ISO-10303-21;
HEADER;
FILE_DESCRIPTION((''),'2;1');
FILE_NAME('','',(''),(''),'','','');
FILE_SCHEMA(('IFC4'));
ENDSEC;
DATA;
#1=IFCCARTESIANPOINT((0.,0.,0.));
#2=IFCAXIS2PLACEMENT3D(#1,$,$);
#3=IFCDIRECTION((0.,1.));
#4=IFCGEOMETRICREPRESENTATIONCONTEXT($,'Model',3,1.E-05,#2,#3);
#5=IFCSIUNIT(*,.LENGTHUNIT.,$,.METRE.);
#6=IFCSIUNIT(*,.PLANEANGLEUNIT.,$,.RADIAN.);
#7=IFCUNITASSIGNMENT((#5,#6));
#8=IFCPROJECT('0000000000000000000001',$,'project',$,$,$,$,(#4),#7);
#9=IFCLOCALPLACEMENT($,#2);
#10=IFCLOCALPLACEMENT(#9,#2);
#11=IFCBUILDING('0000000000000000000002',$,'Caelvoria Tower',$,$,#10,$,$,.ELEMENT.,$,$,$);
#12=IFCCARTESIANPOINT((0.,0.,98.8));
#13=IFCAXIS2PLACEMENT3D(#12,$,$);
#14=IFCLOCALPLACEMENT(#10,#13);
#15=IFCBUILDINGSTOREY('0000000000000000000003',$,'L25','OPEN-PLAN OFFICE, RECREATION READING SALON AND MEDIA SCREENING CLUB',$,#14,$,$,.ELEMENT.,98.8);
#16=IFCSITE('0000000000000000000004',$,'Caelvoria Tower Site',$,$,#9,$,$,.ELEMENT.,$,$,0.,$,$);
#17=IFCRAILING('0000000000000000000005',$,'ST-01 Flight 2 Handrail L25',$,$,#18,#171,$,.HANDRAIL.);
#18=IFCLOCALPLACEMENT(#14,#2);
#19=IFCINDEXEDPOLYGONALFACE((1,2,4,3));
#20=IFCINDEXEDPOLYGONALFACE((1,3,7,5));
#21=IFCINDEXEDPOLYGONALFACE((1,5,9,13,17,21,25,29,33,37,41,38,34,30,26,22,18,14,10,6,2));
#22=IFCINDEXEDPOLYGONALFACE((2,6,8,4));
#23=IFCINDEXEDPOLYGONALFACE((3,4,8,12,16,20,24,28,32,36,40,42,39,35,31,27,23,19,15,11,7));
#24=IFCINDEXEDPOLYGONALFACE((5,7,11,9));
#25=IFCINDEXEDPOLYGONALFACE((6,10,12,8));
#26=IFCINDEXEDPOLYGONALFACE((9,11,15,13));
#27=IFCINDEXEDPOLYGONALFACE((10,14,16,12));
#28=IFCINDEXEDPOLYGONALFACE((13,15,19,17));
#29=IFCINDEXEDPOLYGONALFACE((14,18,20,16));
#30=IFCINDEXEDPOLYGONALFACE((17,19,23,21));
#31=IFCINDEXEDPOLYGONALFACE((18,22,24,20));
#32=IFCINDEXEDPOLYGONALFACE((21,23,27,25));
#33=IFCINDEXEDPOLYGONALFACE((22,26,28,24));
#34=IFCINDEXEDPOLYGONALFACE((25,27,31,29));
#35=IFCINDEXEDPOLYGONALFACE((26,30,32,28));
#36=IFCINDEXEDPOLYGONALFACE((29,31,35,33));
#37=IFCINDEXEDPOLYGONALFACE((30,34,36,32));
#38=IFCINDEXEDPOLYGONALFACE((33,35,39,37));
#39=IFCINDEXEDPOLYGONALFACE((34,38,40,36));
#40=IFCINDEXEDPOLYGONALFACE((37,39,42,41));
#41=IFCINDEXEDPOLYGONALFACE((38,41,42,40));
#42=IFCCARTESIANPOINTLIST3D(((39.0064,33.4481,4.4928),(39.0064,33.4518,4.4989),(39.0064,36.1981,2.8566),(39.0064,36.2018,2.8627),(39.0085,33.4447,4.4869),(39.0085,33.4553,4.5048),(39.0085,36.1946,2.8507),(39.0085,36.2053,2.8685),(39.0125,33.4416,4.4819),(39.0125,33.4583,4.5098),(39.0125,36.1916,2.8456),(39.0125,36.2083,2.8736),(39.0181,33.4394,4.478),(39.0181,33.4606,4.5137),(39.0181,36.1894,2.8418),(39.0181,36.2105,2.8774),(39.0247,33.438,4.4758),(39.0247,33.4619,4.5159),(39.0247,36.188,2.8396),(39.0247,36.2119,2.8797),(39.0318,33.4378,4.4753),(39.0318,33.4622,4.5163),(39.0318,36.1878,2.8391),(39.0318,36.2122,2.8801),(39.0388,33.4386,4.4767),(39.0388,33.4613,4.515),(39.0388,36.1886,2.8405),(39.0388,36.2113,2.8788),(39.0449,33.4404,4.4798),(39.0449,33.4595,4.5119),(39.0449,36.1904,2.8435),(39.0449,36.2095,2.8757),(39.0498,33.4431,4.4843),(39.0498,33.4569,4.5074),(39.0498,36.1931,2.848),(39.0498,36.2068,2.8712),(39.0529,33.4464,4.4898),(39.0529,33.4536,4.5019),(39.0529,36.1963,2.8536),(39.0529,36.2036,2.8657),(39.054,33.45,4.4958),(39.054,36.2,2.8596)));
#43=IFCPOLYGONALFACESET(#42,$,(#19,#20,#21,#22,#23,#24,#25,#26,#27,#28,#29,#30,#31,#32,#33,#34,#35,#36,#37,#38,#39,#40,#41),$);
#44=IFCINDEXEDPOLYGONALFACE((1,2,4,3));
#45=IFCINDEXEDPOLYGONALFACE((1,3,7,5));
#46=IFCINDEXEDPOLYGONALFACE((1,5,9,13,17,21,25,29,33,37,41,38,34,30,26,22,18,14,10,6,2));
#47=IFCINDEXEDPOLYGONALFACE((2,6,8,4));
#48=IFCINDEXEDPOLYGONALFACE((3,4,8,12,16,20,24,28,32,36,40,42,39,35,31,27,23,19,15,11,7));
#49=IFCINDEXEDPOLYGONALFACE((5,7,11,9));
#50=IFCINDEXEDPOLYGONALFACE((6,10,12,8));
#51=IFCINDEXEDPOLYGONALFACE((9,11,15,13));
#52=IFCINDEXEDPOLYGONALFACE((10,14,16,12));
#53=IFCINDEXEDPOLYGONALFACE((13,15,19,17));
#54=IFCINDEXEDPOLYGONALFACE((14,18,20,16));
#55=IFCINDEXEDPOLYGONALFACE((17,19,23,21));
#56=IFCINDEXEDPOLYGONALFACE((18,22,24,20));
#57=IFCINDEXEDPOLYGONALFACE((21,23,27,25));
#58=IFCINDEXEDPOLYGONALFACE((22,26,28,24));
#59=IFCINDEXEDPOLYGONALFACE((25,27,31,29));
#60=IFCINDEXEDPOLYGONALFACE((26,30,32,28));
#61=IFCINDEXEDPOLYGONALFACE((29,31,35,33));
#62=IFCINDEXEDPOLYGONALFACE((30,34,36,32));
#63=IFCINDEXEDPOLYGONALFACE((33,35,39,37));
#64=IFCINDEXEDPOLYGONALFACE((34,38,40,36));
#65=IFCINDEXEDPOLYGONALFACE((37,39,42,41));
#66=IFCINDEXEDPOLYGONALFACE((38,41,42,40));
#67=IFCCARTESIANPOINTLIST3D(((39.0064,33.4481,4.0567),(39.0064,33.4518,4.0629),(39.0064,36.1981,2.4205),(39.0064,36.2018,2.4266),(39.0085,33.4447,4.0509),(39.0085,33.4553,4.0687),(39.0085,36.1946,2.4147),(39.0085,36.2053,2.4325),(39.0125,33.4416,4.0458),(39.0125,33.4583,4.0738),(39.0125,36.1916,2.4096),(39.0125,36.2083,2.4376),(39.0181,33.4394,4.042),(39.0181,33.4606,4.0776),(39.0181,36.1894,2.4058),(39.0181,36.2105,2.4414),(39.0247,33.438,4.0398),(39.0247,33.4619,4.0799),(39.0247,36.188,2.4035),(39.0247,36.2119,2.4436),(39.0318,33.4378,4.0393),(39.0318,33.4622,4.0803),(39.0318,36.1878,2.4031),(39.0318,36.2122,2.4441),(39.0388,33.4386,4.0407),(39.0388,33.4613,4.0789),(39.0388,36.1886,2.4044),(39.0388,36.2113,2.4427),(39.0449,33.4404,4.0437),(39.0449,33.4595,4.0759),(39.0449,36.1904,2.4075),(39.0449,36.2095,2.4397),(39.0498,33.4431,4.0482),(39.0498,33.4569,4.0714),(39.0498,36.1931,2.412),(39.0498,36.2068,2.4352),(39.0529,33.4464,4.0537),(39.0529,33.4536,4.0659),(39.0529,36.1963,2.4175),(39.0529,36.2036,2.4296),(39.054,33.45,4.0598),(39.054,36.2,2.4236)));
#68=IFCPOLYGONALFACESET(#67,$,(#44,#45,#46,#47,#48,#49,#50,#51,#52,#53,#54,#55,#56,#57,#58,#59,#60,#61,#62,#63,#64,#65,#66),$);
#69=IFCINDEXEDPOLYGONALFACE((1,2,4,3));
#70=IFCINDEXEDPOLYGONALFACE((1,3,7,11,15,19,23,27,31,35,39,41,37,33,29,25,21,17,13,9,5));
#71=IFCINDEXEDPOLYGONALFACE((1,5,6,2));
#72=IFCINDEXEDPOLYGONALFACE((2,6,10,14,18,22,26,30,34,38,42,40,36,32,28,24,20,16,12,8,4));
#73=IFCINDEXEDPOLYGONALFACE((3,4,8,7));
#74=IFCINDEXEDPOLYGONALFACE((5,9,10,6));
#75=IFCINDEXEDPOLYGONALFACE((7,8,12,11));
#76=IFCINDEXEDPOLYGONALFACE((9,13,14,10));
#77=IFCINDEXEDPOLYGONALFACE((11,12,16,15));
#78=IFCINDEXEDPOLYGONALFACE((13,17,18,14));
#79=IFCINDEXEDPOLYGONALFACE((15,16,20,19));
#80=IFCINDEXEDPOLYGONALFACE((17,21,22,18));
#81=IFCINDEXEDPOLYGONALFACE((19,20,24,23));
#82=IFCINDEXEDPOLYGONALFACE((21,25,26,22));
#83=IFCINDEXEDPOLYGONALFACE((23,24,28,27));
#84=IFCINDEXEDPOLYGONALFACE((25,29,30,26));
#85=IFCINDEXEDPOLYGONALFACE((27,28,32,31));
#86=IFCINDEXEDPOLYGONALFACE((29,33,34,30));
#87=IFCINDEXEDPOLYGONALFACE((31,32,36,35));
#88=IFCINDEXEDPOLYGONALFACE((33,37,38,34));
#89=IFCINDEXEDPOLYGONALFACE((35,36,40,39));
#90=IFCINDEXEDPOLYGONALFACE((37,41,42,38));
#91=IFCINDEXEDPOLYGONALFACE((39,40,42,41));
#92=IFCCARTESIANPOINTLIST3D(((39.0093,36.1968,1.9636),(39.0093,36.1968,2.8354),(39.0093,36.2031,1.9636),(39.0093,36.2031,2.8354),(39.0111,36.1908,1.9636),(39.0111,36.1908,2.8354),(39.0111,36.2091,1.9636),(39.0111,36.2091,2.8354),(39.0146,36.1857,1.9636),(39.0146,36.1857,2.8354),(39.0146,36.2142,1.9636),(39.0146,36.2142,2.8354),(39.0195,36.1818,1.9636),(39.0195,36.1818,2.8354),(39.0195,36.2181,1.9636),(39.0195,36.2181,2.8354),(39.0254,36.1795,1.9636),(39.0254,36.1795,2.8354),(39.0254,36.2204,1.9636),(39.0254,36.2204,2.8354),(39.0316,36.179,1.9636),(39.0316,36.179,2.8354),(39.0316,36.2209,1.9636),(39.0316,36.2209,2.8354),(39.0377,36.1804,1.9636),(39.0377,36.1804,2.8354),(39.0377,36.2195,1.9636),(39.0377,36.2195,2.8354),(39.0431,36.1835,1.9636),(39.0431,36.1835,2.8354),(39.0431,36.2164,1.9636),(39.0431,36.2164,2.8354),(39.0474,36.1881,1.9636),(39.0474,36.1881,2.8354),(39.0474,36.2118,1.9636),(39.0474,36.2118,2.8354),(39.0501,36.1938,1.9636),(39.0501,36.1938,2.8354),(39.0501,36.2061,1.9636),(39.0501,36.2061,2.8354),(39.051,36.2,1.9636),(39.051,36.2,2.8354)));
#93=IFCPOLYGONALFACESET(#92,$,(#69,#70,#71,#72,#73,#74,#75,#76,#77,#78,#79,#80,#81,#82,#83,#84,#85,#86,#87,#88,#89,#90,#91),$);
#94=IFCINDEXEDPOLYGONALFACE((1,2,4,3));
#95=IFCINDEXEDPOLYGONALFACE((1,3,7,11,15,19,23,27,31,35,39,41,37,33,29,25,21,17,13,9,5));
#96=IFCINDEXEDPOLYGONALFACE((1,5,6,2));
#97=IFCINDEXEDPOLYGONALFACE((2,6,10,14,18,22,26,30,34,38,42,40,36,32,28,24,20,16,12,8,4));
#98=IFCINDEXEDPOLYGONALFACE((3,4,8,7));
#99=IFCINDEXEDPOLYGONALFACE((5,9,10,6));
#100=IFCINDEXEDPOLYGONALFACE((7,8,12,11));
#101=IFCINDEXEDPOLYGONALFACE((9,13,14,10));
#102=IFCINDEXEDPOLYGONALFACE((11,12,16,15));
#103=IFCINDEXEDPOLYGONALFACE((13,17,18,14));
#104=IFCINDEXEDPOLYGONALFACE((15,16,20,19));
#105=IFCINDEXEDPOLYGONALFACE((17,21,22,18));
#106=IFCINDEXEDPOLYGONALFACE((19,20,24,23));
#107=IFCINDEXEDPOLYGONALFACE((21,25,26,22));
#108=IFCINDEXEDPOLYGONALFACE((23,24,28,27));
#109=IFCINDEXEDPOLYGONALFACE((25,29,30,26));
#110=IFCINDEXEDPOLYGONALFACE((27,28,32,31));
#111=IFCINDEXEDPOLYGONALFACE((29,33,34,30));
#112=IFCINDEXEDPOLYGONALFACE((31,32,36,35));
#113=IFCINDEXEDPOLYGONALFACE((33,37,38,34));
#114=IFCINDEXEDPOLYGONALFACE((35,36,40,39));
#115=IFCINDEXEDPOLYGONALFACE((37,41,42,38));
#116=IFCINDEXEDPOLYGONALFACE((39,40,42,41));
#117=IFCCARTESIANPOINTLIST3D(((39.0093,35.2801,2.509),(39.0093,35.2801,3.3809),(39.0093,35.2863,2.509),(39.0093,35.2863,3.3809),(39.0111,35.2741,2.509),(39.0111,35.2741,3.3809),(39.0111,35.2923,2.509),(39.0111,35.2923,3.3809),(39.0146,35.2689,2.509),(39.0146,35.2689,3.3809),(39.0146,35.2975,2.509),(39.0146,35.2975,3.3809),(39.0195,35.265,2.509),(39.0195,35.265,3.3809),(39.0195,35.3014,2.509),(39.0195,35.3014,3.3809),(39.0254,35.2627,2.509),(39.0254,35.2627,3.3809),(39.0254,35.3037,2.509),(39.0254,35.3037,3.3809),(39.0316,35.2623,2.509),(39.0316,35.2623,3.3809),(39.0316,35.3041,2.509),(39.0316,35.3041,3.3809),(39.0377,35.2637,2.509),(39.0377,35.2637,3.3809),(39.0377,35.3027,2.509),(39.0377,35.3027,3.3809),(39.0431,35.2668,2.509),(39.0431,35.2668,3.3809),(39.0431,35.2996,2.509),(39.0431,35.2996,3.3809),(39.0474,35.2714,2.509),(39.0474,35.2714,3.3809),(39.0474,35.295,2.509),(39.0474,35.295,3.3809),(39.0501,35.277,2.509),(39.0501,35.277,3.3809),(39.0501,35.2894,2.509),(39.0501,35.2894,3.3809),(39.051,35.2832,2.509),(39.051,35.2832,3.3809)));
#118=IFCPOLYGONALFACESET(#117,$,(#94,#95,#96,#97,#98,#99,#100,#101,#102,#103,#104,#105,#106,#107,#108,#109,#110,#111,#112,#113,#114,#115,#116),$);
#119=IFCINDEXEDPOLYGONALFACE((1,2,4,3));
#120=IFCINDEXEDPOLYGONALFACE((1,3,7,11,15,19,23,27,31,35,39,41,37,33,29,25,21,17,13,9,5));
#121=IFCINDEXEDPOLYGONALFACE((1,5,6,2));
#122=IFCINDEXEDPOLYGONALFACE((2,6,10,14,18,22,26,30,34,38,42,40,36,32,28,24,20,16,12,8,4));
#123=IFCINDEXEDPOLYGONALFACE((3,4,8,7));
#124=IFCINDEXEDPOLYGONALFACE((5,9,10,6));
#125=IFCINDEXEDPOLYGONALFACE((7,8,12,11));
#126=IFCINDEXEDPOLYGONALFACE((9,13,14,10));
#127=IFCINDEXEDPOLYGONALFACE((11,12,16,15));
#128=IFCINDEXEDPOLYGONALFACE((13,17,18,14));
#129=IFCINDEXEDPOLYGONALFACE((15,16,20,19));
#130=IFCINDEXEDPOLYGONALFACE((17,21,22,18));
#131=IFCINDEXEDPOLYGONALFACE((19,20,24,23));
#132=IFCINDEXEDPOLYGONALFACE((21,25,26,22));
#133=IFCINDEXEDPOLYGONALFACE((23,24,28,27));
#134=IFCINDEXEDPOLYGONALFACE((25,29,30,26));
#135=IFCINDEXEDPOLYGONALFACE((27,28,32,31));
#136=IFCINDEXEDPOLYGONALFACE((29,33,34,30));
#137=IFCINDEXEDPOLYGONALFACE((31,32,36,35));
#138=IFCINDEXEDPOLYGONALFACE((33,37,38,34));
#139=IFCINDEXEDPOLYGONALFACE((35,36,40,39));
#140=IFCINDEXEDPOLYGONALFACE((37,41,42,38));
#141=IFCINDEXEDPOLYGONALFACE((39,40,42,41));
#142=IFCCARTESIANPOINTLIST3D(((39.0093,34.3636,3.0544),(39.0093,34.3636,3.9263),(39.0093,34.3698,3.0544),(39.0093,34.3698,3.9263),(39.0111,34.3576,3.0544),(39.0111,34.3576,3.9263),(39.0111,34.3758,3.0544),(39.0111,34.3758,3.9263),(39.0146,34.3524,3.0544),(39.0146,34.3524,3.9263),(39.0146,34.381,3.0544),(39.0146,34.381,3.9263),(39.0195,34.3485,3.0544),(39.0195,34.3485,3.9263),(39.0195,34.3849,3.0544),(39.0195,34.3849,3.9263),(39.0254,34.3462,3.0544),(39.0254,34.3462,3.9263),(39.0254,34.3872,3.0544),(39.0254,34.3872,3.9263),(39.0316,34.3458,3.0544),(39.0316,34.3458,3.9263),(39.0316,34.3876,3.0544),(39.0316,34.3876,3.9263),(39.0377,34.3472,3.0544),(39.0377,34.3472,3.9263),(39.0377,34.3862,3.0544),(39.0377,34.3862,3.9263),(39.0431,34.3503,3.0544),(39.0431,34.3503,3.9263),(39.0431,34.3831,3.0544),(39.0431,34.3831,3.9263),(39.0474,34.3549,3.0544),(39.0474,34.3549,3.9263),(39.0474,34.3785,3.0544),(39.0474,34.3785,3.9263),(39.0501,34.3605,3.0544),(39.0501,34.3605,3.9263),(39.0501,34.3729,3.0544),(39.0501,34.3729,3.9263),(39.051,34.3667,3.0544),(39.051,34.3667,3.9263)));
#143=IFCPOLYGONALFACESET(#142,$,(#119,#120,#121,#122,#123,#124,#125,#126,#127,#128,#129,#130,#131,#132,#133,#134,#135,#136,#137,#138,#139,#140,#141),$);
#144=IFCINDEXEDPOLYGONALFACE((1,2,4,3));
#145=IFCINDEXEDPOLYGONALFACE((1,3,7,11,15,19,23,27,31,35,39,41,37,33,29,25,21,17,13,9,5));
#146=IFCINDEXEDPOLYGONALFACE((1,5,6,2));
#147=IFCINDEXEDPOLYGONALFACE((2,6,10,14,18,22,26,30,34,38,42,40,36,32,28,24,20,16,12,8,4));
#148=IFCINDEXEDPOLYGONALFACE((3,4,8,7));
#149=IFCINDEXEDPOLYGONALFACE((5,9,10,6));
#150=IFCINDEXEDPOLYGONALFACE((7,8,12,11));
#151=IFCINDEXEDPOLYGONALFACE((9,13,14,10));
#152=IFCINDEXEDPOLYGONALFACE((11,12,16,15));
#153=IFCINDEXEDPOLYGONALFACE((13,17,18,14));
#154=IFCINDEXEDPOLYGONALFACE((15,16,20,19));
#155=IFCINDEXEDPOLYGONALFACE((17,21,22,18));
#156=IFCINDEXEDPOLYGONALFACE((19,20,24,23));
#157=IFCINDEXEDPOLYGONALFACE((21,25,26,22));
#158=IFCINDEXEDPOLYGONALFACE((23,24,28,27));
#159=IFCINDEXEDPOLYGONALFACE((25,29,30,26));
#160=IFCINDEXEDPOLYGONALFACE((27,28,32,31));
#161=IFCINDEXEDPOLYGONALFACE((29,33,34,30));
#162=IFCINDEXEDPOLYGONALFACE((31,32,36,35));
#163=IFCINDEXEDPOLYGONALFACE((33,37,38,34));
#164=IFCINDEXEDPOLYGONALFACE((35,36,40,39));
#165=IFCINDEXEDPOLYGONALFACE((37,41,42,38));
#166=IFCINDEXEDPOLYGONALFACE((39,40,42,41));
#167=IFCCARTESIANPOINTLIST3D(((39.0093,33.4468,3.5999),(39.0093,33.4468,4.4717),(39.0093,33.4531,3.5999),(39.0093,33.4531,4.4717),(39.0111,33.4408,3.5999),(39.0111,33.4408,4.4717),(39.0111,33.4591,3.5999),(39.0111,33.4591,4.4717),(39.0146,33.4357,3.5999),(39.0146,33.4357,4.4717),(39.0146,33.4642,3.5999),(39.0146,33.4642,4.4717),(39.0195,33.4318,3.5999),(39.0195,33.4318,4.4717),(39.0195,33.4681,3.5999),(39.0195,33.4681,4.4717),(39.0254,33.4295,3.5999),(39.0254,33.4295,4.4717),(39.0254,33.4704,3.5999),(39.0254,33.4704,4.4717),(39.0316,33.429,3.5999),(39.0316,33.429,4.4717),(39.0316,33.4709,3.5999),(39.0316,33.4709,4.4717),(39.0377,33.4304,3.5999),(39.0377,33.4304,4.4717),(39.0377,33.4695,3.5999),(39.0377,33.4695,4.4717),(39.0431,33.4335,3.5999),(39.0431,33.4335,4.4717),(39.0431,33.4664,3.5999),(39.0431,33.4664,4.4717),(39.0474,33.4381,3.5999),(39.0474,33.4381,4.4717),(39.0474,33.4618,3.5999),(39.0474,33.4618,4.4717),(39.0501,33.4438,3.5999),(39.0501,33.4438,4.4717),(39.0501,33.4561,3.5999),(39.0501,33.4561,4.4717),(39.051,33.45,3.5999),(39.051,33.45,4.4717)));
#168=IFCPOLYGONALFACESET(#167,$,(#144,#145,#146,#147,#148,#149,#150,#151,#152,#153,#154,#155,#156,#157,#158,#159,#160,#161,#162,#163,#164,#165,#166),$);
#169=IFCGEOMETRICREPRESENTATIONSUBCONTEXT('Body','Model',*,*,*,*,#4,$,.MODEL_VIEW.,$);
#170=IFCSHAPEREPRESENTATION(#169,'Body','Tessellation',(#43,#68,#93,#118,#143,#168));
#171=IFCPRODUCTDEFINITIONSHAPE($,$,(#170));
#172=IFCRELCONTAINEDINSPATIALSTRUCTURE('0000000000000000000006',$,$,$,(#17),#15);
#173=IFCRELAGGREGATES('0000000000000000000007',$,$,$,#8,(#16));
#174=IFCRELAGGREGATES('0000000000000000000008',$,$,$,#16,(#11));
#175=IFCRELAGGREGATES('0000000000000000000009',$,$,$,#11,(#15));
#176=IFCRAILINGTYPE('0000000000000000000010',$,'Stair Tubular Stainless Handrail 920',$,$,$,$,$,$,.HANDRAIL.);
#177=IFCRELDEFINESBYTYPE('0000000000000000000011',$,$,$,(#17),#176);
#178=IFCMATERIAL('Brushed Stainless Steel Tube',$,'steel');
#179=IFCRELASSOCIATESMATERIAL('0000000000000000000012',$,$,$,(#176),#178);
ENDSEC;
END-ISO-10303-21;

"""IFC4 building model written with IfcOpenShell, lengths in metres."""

from ifc_helpers import new_model, si_unit, direction, frame, origin, origin_2d, place, context, subcontext, project, spatial, circle, extrude, material, type_object, element, save


model = new_model("IFC4")

# Units and contexts
model_context = context("Model", 3, precision=1e-05, world=origin(), true_north=direction((0.0, 1.0)))
body_context = subcontext(model_context, "Body", "Model", "MODEL_VIEW")
ifc_project = project(units=[si_unit("LENGTHUNIT", "METRE"), si_unit("PLANEANGLEUNIT", "RADIAN")], contexts=[model_context])

# Site, building, storey
site_placement = place(None, origin())
site = spatial("IfcSite", under=ifc_project, at=site_placement, Name="Caelvoria Tower Site", CompositionType="ELEMENT", RefElevation=0.0)
building_placement = place(site_placement, origin())
building = spatial("IfcBuilding", under=site, at=building_placement, Name="Caelvoria Tower", CompositionType="ELEMENT")
storey_placement = place(building_placement, frame((0.0, 0.0, 98.8)))
storey = spatial("IfcBuildingStorey", under=building, at=storey_placement, Name="L25", Description="OPEN-PLAN OFFICE, RECREATION READING SALON AND MEDIA SCREENING CLUB", CompositionType="ELEMENT", Elevation=98.8)

# Railing
ifc_material_1 = material(Name="Brushed Stainless Steel Tube", Category="steel")
railing_type_1 = type_object("IfcRailingType", Name="Stair Tubular Stainless Handrail 920", PredefinedType="HANDRAIL", material=ifc_material_1)
railing_1_placement = place(storey_placement, frame((39.03, 36.2, 1.9636)))
element("IfcRailing", 1, at=railing_1_placement, inside=storey, type_object=railing_type_1, Name="ST-01 Flight 2 Handrail L25", PredefinedType="HANDRAIL", context=body_context, shape_type="SweptSolid", body=[
    extrude(circle(Radius=0.0239, at=origin_2d()), frame((0.0, 0.0, 0.896), z_axis=(0.0, -0.859385, 0.511328), x_axis=(1.0, 0.0, 0.0)), (0.0, 0.0, 1.0), 3.2),
    extrude(circle(Radius=0.0239, at=origin_2d()), frame((0.0, 0.0, 0.46), z_axis=(0.0, -0.859385, 0.511328), x_axis=(1.0, 0.0, 0.0)), (0.0, 0.0, 1.0), 3.2),
    extrude(circle(Radius=0.021, at=origin_2d()), origin(), (0.0, 0.0, 1.0), 0.8718),
    extrude(circle(Radius=0.021, at=origin_2d()), frame((0.0, -0.9167, 0.5454)), (0.0, 0.0, 1.0), 0.8718),
    extrude(circle(Radius=0.021, at=origin_2d()), frame((0.0, -1.8333, 1.0908)), (0.0, 0.0, 1.0), 0.8718),
    extrude(circle(Radius=0.021, at=origin_2d()), frame((0.0, -2.75, 1.6362)), (0.0, 0.0, 1.0), 0.8718),
])

save(model, "model.ifc")
